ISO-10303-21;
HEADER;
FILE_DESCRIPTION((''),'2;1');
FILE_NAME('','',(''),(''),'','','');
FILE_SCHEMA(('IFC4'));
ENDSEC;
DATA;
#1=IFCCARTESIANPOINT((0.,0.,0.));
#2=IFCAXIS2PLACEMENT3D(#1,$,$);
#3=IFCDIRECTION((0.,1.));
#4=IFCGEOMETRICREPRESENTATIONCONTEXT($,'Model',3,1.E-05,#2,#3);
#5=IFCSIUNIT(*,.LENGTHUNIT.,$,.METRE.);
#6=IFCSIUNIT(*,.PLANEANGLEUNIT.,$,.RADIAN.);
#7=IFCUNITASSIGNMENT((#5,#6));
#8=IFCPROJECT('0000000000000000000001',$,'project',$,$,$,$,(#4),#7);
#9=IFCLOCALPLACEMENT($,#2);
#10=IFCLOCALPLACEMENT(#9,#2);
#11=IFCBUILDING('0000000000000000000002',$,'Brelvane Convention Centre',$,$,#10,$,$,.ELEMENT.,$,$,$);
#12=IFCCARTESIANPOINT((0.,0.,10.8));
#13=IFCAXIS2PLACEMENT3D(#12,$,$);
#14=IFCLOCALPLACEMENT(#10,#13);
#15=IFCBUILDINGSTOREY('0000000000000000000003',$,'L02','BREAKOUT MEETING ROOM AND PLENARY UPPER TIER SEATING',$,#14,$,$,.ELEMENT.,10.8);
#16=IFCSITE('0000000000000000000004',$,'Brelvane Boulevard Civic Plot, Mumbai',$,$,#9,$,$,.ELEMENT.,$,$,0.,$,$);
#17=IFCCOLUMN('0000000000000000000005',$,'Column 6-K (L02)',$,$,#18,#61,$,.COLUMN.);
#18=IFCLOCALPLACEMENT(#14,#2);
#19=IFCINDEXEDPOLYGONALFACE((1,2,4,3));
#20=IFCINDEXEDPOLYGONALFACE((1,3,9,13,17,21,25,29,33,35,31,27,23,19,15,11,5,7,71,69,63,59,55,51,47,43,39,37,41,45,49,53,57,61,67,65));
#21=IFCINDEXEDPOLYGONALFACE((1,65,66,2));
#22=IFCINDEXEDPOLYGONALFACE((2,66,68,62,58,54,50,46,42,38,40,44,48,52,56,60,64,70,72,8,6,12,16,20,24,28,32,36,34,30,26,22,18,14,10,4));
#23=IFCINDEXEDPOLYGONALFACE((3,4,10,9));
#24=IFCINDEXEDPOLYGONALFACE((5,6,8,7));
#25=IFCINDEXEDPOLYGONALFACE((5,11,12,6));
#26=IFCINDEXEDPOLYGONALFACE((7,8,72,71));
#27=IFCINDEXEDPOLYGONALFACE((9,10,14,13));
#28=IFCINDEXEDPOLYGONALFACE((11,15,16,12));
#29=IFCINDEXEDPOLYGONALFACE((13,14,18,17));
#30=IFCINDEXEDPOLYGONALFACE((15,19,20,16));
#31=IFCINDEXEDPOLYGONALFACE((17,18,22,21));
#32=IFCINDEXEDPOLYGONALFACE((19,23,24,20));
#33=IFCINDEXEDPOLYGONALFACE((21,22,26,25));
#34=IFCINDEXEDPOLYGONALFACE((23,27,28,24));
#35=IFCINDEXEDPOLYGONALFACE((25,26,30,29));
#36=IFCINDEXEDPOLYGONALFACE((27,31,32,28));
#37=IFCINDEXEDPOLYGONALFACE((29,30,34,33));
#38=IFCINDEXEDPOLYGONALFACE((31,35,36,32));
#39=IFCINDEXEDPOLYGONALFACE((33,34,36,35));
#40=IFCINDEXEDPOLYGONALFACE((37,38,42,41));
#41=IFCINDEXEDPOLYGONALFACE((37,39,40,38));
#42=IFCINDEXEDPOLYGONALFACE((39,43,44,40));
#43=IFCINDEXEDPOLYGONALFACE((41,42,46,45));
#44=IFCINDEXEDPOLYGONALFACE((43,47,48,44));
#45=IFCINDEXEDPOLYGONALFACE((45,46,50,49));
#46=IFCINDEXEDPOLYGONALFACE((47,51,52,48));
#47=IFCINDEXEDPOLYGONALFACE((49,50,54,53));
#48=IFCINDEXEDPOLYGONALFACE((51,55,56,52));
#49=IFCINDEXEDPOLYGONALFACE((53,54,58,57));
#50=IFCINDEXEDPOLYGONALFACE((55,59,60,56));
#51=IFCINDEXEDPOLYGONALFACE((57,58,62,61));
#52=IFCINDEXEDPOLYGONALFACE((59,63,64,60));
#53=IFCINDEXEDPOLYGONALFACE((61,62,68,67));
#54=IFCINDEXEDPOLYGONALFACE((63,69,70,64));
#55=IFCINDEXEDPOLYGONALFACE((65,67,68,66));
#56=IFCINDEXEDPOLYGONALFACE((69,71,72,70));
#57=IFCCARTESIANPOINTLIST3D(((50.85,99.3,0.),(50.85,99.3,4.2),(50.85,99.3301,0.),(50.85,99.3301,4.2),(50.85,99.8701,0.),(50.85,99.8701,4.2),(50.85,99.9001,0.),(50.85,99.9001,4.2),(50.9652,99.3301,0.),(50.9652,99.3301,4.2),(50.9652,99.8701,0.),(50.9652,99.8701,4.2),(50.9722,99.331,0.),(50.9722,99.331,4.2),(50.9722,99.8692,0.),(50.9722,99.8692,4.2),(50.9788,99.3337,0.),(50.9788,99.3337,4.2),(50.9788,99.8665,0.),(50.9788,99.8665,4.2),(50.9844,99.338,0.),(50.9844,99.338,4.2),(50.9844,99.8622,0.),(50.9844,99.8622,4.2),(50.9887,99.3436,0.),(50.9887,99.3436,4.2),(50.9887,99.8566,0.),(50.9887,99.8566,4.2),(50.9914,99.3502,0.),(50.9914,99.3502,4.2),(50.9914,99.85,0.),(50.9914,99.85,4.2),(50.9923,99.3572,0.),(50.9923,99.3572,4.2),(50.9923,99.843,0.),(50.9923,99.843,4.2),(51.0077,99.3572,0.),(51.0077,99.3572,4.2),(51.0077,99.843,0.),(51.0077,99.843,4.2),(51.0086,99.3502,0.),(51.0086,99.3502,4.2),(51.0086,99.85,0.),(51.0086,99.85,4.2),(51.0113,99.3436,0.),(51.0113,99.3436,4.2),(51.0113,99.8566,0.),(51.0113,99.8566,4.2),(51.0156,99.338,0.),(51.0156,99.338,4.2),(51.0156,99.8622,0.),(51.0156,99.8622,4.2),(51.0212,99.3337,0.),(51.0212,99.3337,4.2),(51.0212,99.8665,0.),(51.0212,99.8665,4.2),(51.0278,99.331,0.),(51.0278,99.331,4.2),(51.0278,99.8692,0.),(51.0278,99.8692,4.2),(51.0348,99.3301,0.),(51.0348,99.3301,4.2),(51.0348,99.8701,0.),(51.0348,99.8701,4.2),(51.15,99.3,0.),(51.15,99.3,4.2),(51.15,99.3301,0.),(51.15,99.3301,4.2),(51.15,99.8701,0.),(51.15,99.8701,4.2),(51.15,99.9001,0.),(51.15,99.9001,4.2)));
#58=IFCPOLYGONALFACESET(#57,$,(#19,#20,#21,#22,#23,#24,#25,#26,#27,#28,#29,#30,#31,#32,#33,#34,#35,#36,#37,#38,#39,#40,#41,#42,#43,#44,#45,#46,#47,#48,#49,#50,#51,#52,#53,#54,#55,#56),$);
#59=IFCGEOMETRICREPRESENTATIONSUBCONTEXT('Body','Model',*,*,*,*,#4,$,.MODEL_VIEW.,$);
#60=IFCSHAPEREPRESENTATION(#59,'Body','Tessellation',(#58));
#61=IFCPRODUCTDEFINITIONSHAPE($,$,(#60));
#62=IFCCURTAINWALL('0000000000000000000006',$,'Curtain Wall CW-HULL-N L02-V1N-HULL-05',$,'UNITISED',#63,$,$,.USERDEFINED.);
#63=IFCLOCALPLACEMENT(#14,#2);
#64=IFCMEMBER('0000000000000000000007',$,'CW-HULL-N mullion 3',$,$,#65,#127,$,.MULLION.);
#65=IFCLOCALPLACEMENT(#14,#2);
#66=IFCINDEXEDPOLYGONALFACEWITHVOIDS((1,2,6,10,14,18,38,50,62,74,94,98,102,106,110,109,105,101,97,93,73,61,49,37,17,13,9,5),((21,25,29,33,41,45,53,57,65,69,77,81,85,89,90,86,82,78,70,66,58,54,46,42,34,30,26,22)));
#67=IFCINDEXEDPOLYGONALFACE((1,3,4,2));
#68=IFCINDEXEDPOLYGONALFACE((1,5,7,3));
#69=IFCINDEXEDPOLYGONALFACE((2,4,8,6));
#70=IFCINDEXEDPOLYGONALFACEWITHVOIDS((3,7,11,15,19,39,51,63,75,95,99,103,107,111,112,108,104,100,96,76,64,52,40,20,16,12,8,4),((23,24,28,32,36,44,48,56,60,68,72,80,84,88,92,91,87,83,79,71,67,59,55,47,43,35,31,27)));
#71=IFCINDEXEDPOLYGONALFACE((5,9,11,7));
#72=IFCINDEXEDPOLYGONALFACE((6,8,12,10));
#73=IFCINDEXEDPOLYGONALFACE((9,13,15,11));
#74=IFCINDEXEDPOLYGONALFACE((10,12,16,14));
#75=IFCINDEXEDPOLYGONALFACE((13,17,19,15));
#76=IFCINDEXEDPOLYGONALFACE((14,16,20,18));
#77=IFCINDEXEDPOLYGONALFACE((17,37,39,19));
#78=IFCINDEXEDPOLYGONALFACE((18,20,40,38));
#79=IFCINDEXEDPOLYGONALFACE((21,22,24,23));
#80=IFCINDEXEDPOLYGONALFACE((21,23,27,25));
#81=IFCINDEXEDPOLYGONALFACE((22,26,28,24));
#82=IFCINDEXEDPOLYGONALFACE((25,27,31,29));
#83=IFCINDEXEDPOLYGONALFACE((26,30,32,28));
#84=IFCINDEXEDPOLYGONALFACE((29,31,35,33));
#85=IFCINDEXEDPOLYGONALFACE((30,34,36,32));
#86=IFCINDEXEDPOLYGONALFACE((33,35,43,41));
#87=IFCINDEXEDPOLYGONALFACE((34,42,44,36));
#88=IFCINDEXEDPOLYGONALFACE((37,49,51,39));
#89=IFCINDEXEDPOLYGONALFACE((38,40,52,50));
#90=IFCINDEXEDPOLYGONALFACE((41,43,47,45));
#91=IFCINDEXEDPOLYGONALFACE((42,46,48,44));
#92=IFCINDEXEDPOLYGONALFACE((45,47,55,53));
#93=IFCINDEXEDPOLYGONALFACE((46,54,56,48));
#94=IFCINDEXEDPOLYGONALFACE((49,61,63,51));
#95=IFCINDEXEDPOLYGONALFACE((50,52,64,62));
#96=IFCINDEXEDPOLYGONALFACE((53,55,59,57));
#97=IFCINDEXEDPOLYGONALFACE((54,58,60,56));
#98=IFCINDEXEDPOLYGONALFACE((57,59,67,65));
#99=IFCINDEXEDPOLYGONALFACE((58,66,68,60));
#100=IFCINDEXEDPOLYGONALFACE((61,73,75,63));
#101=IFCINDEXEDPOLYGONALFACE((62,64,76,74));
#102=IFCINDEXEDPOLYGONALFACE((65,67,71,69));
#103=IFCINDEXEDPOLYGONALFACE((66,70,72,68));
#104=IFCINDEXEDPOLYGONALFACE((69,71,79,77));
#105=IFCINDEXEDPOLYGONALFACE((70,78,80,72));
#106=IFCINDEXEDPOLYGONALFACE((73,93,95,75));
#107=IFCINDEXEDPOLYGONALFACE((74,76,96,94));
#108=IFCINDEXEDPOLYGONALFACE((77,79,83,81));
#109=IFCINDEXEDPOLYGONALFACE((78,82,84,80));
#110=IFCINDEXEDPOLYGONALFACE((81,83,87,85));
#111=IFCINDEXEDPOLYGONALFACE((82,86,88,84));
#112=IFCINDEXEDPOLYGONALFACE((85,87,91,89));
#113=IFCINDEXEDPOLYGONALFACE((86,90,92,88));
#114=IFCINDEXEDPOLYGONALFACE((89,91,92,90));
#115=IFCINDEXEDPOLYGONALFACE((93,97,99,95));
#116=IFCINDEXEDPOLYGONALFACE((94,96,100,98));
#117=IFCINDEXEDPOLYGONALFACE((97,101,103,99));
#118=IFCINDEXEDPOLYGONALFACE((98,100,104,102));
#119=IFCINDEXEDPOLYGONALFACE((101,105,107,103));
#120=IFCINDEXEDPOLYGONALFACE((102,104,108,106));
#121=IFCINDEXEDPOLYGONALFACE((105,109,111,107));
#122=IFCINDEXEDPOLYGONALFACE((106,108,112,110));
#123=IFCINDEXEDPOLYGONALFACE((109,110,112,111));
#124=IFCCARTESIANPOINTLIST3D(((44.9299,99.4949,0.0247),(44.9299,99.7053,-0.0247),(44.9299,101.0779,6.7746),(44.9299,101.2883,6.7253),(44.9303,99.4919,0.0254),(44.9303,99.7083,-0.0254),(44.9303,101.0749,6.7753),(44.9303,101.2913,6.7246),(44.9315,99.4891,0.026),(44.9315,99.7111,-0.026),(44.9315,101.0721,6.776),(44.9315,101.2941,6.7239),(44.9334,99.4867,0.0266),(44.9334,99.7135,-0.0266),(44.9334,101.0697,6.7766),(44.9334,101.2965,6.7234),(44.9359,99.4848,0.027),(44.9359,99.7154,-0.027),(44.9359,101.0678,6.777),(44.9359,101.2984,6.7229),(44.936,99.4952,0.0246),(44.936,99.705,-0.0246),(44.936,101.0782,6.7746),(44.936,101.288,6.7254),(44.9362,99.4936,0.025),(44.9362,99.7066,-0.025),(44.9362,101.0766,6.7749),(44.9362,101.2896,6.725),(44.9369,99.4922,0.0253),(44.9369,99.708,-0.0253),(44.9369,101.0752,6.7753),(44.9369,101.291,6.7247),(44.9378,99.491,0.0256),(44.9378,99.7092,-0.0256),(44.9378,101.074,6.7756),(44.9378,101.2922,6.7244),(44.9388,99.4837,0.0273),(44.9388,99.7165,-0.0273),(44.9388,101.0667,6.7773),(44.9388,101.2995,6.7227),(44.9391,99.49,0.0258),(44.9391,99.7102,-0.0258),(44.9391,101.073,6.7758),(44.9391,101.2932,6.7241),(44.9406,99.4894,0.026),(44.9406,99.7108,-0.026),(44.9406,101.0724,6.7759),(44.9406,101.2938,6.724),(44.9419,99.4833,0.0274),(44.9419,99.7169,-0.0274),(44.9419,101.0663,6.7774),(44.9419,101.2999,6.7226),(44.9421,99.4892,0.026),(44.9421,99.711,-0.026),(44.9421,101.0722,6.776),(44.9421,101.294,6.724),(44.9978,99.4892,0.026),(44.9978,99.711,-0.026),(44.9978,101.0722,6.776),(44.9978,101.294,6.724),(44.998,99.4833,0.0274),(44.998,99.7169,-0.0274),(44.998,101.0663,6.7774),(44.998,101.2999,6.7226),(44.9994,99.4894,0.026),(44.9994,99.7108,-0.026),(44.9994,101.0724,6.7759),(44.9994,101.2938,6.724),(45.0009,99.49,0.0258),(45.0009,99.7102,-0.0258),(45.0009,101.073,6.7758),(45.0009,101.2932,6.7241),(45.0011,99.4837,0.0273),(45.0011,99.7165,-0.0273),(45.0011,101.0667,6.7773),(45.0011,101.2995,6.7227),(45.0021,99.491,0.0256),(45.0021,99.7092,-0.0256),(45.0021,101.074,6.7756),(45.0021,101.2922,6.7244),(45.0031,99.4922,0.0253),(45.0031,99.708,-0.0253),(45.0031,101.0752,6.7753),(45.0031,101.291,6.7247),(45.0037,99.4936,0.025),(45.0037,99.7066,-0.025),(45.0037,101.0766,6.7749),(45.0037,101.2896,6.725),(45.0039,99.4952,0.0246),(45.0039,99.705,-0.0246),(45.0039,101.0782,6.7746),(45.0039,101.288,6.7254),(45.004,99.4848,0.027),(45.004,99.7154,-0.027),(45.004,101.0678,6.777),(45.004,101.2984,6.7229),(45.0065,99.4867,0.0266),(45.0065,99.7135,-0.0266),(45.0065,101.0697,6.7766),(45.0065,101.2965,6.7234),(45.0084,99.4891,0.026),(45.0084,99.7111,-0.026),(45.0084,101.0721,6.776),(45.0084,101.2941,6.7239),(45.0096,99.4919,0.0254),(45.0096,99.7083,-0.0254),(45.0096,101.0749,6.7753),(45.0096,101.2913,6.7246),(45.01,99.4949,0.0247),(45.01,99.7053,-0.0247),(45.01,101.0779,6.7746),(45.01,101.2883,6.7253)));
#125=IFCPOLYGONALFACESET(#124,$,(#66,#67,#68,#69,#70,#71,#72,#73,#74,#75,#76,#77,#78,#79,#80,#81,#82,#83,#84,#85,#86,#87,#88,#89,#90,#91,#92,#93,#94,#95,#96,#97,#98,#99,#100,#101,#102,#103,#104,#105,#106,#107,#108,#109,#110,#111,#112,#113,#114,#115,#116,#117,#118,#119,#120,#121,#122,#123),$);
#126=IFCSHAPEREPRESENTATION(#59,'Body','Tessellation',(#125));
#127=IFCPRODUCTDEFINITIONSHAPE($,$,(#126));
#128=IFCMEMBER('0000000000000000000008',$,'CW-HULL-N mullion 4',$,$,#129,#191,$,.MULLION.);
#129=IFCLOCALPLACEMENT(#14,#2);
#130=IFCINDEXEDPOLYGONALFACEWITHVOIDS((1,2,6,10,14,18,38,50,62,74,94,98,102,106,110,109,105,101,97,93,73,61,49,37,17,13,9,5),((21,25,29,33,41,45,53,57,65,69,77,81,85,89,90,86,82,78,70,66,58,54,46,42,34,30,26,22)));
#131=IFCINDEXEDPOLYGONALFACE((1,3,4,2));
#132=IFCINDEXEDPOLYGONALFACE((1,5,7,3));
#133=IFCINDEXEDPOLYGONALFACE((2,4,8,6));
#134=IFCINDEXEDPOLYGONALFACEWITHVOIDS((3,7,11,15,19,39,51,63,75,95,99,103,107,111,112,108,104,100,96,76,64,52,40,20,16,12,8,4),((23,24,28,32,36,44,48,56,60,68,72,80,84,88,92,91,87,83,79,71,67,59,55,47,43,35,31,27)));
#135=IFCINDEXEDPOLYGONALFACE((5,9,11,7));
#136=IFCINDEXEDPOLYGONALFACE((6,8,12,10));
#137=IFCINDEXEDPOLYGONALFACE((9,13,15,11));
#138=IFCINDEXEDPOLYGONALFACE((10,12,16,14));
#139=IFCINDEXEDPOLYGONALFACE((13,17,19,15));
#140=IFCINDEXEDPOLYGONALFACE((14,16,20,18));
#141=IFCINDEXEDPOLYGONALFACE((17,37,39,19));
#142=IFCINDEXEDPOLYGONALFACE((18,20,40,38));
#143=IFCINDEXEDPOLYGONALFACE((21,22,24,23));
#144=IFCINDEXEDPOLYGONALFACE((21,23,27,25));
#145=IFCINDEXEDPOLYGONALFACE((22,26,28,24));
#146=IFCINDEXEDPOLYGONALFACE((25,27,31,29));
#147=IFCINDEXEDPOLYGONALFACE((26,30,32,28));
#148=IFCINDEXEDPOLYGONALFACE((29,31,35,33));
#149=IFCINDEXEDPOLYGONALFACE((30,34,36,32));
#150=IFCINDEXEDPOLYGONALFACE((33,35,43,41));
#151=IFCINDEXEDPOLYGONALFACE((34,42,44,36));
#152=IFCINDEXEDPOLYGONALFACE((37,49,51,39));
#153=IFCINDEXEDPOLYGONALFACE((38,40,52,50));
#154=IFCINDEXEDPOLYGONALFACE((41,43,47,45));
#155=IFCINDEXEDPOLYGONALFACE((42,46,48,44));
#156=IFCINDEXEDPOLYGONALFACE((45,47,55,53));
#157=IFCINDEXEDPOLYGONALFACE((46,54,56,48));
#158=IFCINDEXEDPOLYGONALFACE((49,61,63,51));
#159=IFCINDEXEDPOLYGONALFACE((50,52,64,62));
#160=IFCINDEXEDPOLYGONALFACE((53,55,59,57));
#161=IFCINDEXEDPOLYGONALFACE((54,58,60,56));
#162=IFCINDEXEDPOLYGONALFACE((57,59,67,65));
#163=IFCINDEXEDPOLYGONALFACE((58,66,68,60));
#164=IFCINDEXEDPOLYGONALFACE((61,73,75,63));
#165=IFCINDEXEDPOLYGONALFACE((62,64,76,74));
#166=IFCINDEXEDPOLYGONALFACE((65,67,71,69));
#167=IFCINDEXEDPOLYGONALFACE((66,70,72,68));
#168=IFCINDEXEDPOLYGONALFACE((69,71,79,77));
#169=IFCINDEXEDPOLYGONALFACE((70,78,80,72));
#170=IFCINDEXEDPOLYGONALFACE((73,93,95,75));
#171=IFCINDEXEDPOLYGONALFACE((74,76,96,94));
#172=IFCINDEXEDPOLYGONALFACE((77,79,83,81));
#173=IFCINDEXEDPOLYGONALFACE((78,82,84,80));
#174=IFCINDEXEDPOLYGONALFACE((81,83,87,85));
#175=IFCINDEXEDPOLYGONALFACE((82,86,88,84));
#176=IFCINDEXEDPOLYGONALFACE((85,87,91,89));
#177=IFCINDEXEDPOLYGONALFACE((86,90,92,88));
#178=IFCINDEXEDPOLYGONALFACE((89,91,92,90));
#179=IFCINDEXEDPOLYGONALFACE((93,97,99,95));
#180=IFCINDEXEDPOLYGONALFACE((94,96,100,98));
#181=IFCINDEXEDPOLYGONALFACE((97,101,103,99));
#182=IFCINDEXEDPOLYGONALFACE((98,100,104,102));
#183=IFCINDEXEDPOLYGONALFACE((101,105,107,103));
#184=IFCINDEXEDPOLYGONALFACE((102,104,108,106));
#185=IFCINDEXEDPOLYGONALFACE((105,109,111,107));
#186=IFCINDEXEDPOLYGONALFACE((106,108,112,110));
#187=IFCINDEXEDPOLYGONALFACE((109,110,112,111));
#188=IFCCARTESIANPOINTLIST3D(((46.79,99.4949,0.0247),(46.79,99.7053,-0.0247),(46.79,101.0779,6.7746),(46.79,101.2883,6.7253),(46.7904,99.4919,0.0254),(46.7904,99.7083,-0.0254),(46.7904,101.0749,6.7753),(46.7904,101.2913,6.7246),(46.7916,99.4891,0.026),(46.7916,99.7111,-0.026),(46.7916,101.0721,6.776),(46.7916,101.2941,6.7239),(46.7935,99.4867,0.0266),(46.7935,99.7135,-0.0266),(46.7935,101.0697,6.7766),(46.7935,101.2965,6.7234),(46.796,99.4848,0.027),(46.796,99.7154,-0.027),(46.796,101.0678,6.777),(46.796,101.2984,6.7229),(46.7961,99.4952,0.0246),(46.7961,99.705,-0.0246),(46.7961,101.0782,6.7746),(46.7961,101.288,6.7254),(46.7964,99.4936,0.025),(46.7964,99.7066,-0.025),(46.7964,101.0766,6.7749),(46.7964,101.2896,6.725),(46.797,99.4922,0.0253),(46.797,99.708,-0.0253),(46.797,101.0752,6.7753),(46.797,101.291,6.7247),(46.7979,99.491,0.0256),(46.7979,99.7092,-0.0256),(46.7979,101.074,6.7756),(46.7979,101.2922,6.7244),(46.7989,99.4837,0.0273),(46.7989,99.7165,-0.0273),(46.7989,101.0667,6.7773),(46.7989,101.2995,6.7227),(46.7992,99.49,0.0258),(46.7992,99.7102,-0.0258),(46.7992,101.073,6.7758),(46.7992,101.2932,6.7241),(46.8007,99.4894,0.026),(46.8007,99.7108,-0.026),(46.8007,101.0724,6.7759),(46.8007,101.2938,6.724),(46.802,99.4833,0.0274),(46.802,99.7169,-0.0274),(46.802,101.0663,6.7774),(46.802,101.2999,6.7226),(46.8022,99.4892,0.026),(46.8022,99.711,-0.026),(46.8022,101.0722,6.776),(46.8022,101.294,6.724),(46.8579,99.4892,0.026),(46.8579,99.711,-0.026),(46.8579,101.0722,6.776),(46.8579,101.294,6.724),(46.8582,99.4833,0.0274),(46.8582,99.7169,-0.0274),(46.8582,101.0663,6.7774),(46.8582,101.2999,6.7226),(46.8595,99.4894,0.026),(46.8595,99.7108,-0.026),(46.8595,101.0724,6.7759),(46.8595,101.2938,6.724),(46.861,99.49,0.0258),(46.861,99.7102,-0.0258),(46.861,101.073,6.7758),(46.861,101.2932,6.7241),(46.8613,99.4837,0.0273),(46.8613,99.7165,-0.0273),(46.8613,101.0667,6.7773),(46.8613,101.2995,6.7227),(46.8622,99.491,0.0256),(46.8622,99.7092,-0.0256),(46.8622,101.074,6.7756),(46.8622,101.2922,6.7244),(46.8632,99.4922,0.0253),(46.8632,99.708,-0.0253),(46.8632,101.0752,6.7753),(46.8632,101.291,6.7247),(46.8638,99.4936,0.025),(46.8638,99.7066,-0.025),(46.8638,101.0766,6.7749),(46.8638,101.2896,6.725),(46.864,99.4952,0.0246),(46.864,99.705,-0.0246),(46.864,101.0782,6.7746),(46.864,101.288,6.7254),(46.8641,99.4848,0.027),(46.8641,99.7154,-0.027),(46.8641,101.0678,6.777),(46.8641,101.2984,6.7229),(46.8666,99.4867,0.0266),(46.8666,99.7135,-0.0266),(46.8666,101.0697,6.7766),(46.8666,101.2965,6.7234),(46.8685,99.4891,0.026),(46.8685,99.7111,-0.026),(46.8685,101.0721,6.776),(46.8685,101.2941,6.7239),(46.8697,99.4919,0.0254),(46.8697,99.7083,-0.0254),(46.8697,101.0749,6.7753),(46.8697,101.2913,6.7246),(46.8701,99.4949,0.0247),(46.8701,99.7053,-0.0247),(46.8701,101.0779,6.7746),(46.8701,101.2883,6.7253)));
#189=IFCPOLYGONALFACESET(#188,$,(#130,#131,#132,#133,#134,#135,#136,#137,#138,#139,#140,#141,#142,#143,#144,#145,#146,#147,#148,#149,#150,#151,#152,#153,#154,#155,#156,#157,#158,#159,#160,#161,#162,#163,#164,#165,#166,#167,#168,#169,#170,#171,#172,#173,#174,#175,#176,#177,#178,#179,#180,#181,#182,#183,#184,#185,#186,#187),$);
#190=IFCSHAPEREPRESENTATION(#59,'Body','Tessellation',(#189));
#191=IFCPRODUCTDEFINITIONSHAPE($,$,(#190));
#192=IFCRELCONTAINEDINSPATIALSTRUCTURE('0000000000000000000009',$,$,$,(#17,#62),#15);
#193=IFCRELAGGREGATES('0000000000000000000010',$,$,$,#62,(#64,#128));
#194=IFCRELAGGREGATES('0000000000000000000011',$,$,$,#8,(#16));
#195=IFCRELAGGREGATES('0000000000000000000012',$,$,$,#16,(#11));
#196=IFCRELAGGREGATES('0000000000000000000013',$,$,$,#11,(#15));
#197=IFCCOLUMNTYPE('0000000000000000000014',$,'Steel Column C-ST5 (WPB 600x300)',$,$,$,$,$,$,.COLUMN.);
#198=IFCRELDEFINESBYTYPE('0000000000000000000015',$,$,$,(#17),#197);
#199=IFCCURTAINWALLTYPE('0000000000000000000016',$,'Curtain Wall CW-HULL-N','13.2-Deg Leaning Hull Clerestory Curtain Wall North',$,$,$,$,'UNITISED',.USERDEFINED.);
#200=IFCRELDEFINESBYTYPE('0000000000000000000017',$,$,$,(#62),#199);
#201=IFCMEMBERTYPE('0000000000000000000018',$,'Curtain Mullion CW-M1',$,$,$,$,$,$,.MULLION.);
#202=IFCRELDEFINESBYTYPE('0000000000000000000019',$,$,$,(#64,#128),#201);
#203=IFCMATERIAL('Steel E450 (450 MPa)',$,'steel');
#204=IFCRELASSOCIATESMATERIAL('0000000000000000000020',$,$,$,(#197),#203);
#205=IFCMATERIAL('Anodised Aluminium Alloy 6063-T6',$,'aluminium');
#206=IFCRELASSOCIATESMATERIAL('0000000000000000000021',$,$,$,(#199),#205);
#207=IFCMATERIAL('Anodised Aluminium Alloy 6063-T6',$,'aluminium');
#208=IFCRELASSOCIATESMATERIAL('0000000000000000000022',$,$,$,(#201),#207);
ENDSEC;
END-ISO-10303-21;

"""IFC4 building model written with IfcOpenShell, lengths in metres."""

from ifc_helpers import new_model, si_unit, direction, frame, origin, origin_2d, place, context, subcontext, project, spatial, hollow_rectangle, i_section, extrude, material, material_profile, profile_set, type_object, element, aggregate, save


model = new_model("IFC4")

# Units and contexts
model_context = context("Model", 3, precision=1e-05, world=origin(), true_north=direction((0.0, 1.0)))
body_context = subcontext(model_context, "Body", "Model", "MODEL_VIEW")
ifc_project = project(units=[si_unit("LENGTHUNIT", "METRE"), si_unit("PLANEANGLEUNIT", "RADIAN")], contexts=[model_context])

# Site, building, storey
site_placement = place(None, origin())
site = spatial("IfcSite", under=ifc_project, at=site_placement, Name="Brelvane Boulevard Civic Plot, Mumbai", CompositionType="ELEMENT", RefElevation=0.0)
building_placement = place(site_placement, origin())
building = spatial("IfcBuilding", under=site, at=building_placement, Name="Brelvane Convention Centre", CompositionType="ELEMENT")
storey_placement = place(building_placement, frame((0.0, 0.0, 10.8)))
storey = spatial("IfcBuildingStorey", under=building, at=storey_placement, Name="L02", Description="BREAKOUT MEETING ROOM AND PLENARY UPPER TIER SEATING", CompositionType="ELEMENT", Elevation=10.8)

# Column
ifc_material_1 = material(Name="Steel E450 (450 MPa)", Category="steel")
ifc_material_profile_1 = material_profile(ifc_material_1, i_section(OverallWidth=0.3, OverallDepth=0.6001, WebThickness=0.0154, FlangeThickness=0.03, FilletRadius=0.0271, at=origin_2d()), Name="WPB 600x300")
ifc_profile_set_1 = profile_set([ifc_material_profile_1], Name="Steel E450 (450 MPa)")
column_type = type_object("IfcColumnType", Name="Steel Column C-ST5 (WPB 600x300)", PredefinedType="COLUMN", material=ifc_profile_set_1)
column_placement = place(storey_placement, frame((51.0, 99.6001, 0.0), z_axis=(0.0, 0.0, 1.0), x_axis=(1.0, 0.0, 0.0)))
element("IfcColumn", 1, at=column_placement, inside=storey, type_object=column_type, Name="Column 6-K (L02)", PredefinedType="COLUMN", context=body_context, shape_type="SweptSolid", body=[
    extrude(i_section(OverallWidth=0.3, OverallDepth=0.6001, WebThickness=0.0154, FlangeThickness=0.03, FilletRadius=0.0271, at=origin_2d()), origin(), (0.0, 0.0, 1.0), 4.2),
])

# Curtain wall, members
ifc_material_2 = material(Name="Anodised Aluminium Alloy 6063-T6", Category="aluminium")
curtain_wall_type = type_object("IfcCurtainWallType", Name="Curtain Wall CW-HULL-N", Description="13.2-Deg Leaning Hull Clerestory Curtain Wall North", ElementType="UNITISED", PredefinedType="USERDEFINED", material=ifc_material_2)
curtain_wall_placement = place(storey_placement, origin())
curtain_wall = element("IfcCurtainWall", 2, at=curtain_wall_placement, inside=storey, type_object=curtain_wall_type, Name="Curtain Wall CW-HULL-N L02-V1N-HULL-05", ObjectType="UNITISED", PredefinedType="USERDEFINED")
ifc_material_3 = material(Name="Anodised Aluminium Alloy 6063-T6", Category="aluminium")
ifc_material_profile_2 = material_profile(ifc_material_3, hollow_rectangle(XDim=0.0801, YDim=0.24, WallThickness=0.0061, InnerFilletRadius=0.0061, OuterFilletRadius=0.012, at=origin_2d()), Name="ALU-M 240x80x6.0")
ifc_profile_set_2 = profile_set([ifc_material_profile_2], Name="Anodised Aluminium Alloy 6063-T6")
member_type_1 = type_object("IfcMemberType", Name="Curtain Mullion CW-M1", PredefinedType="MULLION", material=ifc_profile_set_2)
member_1_placement = place(storey_placement, frame((44.97, 99.6001, 0.0), z_axis=(0.0, 0.228325, 0.973585), x_axis=(-1.0, 0.0, 0.0)))
member_1 = element("IfcMember", 3, at=member_1_placement, type_object=member_type_1, Name="CW-HULL-N mullion 3", PredefinedType="MULLION", context=body_context, shape_type="SweptSolid", body=[
    extrude(hollow_rectangle(XDim=0.0801, YDim=0.24, WallThickness=0.0061, InnerFilletRadius=0.0061, OuterFilletRadius=0.012, at=origin_2d()), origin(), (0.0, 0.0, 1.0), 6.9331),
])
member_2_placement = place(storey_placement, frame((46.8301, 99.6001, 0.0), z_axis=(0.0, 0.228325, 0.973585), x_axis=(-1.0, 0.0, 0.0)))
member_2 = element("IfcMember", 4, at=member_2_placement, type_object=member_type_1, Name="CW-HULL-N mullion 4", PredefinedType="MULLION", context=body_context, shape_type="SweptSolid", body=[
    extrude(hollow_rectangle(XDim=0.0801, YDim=0.24, WallThickness=0.0061, InnerFilletRadius=0.0061, OuterFilletRadius=0.012, at=origin_2d()), origin(), (0.0, 0.0, 1.0), 6.9331),
])

aggregate(curtain_wall, [member_1, member_2])

save(model, "model.ifc")
